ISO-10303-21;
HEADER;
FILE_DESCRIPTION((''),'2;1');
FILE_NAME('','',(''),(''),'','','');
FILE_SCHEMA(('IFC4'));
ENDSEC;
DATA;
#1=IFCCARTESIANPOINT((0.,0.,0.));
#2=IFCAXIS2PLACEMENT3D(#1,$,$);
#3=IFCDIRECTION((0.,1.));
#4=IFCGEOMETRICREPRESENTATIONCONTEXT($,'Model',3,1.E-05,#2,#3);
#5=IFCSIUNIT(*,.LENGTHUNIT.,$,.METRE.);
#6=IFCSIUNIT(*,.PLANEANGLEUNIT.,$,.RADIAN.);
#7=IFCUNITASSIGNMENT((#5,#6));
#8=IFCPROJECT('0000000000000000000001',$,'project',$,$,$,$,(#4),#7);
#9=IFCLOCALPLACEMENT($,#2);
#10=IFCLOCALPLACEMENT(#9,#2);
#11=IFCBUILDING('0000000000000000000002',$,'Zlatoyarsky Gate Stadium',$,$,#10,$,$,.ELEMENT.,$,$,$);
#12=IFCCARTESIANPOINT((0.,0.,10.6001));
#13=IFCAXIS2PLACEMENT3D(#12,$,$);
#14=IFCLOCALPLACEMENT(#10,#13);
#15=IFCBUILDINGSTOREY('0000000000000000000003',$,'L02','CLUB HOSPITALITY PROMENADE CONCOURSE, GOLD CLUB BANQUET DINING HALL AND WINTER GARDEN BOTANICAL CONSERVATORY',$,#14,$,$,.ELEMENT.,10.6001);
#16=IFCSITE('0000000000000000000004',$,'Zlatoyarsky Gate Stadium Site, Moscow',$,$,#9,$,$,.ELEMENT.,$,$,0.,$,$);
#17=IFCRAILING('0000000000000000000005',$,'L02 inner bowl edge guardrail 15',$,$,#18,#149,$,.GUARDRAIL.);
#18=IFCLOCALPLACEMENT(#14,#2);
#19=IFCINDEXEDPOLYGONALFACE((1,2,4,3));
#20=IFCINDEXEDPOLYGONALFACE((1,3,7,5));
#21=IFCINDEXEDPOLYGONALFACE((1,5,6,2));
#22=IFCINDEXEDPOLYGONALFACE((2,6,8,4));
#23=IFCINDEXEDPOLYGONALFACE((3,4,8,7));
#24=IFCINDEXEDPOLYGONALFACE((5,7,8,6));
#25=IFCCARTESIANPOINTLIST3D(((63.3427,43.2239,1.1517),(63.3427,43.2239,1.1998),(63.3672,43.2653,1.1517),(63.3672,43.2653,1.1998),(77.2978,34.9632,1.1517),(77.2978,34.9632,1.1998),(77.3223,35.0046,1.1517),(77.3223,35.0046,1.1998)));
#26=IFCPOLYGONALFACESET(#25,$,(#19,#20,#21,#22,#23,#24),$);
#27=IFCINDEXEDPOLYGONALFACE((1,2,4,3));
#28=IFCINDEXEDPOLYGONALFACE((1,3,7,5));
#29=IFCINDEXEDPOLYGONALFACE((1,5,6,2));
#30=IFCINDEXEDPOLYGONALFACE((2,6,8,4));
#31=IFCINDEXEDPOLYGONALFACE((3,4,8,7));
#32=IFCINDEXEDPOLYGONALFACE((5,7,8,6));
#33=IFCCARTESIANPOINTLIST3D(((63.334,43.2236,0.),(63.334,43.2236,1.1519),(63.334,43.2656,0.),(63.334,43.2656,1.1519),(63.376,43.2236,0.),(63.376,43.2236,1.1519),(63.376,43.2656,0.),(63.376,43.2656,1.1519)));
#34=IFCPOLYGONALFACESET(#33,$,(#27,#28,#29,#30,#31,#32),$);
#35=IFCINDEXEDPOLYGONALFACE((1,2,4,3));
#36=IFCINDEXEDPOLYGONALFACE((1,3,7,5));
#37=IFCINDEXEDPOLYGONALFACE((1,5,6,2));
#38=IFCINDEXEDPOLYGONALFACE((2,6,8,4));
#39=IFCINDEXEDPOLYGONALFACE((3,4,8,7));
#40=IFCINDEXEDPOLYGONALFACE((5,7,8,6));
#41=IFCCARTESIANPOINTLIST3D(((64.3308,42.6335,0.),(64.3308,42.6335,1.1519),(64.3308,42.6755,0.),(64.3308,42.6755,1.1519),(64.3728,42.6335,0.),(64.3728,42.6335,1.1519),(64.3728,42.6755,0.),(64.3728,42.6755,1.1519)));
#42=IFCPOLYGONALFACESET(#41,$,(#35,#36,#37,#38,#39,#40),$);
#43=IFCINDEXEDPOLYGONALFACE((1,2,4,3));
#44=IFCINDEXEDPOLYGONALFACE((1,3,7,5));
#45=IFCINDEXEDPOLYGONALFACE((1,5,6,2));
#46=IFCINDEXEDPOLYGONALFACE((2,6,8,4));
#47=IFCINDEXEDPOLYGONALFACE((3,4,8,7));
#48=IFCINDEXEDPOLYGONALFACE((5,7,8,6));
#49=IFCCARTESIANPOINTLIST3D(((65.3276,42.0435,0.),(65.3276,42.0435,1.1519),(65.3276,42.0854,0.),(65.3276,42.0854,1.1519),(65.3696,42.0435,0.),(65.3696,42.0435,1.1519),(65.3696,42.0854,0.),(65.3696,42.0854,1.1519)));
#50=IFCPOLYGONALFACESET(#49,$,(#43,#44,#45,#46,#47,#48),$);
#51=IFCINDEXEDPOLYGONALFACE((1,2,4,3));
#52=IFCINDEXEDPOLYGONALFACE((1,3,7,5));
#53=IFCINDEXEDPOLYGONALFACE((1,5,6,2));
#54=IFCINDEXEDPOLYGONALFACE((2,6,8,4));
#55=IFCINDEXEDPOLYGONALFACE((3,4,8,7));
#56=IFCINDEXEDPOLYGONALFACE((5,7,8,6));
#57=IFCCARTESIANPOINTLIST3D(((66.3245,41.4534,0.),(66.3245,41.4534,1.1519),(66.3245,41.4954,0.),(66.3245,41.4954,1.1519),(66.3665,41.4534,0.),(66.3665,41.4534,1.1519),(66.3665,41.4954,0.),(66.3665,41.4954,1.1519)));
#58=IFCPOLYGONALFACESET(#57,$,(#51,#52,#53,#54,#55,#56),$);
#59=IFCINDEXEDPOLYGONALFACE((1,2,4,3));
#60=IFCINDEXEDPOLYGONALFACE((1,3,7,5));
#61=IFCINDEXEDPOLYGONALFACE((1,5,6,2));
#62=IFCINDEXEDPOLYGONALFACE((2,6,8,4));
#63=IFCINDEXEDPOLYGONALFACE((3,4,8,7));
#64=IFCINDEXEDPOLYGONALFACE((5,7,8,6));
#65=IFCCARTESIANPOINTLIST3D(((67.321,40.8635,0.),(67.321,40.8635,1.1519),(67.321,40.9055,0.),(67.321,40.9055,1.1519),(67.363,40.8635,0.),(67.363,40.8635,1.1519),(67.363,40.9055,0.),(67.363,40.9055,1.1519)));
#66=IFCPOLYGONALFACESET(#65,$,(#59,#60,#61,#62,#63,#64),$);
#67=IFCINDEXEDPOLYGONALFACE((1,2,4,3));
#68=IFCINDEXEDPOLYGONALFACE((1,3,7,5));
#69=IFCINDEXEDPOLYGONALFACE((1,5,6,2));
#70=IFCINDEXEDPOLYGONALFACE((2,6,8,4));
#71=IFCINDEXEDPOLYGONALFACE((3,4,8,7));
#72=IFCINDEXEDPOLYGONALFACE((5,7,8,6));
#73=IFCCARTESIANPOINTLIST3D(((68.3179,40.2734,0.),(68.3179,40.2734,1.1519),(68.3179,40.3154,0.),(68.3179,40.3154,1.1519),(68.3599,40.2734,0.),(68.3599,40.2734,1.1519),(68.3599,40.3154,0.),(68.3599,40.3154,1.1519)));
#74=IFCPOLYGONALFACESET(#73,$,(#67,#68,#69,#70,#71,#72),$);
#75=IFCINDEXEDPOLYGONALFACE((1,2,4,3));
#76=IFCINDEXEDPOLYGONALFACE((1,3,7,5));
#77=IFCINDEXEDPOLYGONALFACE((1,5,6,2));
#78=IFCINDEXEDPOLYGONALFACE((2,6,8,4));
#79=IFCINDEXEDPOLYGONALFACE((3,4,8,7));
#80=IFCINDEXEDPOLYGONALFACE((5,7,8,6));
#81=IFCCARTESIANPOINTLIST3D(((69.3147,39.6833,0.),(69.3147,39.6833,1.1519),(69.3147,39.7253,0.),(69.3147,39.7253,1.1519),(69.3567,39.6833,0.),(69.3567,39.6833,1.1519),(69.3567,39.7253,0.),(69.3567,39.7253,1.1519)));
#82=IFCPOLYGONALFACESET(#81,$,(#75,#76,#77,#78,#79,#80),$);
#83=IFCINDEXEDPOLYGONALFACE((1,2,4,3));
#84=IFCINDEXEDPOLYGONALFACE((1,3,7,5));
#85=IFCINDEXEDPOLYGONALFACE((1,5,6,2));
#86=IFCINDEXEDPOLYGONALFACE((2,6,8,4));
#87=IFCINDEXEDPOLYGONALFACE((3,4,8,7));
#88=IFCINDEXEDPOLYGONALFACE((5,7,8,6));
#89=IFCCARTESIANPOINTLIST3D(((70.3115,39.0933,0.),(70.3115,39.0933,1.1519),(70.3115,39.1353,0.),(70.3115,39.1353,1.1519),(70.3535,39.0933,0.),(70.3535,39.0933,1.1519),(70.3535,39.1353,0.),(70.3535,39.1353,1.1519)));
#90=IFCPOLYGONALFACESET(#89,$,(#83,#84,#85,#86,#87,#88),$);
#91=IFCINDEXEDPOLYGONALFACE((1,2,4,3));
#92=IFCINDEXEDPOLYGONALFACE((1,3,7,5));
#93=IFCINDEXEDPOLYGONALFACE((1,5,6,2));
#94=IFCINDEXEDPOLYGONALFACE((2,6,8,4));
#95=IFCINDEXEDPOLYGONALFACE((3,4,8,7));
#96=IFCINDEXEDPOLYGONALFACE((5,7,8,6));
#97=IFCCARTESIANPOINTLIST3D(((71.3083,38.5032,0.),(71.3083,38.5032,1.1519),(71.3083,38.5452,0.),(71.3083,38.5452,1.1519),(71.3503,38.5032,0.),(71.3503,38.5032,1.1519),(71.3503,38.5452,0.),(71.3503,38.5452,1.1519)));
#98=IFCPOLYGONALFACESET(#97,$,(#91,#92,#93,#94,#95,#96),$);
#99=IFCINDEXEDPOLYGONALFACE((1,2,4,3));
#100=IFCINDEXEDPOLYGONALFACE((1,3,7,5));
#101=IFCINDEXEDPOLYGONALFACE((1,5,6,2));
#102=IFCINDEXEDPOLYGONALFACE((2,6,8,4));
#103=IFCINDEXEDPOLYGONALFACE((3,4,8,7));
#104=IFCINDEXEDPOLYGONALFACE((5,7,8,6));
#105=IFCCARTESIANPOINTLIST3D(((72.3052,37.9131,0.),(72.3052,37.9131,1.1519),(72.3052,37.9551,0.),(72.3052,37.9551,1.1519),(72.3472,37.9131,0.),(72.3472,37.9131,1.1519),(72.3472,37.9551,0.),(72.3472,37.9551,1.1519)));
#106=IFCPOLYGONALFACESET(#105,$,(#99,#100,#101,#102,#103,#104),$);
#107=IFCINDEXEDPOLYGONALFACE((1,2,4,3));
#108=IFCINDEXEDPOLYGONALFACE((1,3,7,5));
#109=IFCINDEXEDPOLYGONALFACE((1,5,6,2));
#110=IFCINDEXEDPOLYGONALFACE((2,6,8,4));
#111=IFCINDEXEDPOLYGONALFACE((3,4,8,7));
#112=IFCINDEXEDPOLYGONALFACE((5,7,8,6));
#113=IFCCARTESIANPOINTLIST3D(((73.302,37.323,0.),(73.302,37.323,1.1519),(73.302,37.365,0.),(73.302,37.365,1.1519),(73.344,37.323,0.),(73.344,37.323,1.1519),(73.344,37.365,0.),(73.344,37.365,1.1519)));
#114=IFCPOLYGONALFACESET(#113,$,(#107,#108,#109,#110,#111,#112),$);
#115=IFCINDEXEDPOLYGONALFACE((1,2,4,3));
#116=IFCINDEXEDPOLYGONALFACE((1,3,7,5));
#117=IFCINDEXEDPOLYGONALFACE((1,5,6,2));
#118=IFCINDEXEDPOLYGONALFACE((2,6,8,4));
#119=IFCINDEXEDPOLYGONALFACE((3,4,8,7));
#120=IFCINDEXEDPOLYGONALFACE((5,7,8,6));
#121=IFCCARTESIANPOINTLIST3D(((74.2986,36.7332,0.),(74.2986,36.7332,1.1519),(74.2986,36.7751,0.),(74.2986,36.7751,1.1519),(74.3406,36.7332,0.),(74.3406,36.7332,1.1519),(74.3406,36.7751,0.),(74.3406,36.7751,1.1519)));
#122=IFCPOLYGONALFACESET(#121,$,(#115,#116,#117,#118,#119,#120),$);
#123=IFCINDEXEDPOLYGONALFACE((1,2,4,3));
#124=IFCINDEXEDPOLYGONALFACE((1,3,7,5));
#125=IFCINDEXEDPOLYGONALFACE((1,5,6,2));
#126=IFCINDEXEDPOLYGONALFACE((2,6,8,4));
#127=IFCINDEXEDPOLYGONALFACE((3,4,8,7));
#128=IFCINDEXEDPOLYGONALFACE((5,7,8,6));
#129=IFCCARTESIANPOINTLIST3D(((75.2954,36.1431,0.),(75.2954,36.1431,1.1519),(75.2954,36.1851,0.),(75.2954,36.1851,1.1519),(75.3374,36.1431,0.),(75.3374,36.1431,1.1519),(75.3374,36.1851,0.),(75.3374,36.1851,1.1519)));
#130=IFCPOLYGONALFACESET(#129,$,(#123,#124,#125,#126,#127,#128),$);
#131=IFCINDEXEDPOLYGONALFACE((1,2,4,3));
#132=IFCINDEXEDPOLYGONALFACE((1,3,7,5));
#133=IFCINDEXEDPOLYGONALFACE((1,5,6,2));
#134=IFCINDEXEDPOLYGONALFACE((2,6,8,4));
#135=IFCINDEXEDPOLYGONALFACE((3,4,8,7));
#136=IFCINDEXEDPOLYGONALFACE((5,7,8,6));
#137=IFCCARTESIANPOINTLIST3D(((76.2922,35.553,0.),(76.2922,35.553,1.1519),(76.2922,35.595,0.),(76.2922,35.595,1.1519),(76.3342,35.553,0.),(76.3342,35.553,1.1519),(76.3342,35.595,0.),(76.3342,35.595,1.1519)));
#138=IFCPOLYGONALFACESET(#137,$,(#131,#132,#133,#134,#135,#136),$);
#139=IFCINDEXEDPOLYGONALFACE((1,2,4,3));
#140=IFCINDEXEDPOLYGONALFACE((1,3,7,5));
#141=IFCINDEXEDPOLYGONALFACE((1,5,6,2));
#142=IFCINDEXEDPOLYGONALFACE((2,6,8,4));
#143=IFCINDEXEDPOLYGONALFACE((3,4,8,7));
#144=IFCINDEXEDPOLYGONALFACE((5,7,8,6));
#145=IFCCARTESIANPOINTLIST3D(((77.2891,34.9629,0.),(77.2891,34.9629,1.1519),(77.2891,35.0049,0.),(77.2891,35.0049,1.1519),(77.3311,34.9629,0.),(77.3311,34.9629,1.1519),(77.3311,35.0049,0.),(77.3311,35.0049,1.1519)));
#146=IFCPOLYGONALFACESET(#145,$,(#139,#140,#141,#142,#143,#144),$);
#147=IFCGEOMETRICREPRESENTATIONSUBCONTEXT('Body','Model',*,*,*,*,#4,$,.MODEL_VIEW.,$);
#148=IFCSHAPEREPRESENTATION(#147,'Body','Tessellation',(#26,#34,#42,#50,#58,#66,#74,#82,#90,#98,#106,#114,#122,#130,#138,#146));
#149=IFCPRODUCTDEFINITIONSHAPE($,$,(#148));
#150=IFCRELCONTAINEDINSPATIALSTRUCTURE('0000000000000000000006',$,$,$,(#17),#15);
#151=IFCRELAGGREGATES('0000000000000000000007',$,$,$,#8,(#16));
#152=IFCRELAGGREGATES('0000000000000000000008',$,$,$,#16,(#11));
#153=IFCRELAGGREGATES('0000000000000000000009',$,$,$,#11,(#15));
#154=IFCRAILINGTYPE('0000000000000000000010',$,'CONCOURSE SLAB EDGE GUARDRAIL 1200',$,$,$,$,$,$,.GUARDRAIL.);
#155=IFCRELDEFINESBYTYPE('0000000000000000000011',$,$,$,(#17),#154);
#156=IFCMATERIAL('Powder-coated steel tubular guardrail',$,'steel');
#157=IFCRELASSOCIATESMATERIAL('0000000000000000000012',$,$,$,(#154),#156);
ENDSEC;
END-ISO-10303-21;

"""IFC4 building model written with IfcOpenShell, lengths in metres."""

from ifc_helpers import new_model, si_unit, direction, frame, origin, origin_2d, place, context, subcontext, project, spatial, rectangle, extrude, material, type_object, element, save


model = new_model("IFC4")

# Units and contexts
model_context = context("Model", 3, precision=1e-05, world=origin(), true_north=direction((0.0, 1.0)))
body_context = subcontext(model_context, "Body", "Model", "MODEL_VIEW")
ifc_project = project(units=[si_unit("LENGTHUNIT", "METRE"), si_unit("PLANEANGLEUNIT", "RADIAN")], contexts=[model_context])

# Site, building, storey
site_placement = place(None, origin())
site = spatial("IfcSite", under=ifc_project, at=site_placement, Name="Zlatoyarsky Gate Stadium Site, Moscow", CompositionType="ELEMENT", RefElevation=0.0)
building_placement = place(site_placement, origin())
building = spatial("IfcBuilding", under=site, at=building_placement, Name="Zlatoyarsky Gate Stadium", CompositionType="ELEMENT")
storey_placement = place(building_placement, frame((0.0, 0.0, 10.6001)))
storey = spatial("IfcBuildingStorey", under=building, at=storey_placement, Name="L02", Description="CLUB HOSPITALITY PROMENADE CONCOURSE, GOLD CLUB BANQUET DINING HALL AND WINTER GARDEN BOTANICAL CONSERVATORY", CompositionType="ELEMENT", Elevation=10.6001)

# Railing
ifc_material_1 = material(Name="Powder-coated steel tubular guardrail", Category="steel")
railing_type = type_object("IfcRailingType", Name="CONCOURSE SLAB EDGE GUARDRAIL 1200", PredefinedType="GUARDRAIL", material=ifc_material_1)
railing_1_placement = place(storey_placement, frame((63.355, 43.2446, 0.0)))
element("IfcRailing", 1, at=railing_1_placement, inside=storey, type_object=railing_type, Name="L02 inner bowl edge guardrail 15", PredefinedType="GUARDRAIL", context=body_context, shape_type="SweptSolid", body=[
    extrude(rectangle(XDim=0.0481, YDim=0.0481, at=origin_2d()), frame((0.0, 0.0, 1.1758), z_axis=(0.860533, -0.509395, 0.0), x_axis=(0.509395, 0.860533, 0.0)), (0.0, 0.0, 1.0), 16.2168),
    extrude(rectangle(XDim=0.042, YDim=0.042, at=origin_2d()), origin(), (0.0, 0.0, 1.0), 1.1519),
    extrude(rectangle(XDim=0.042, YDim=0.042, at=origin_2d()), frame((0.9968, -0.5901, 0.0)), (0.0, 0.0, 1.0), 1.1519),
    extrude(rectangle(XDim=0.042, YDim=0.042, at=origin_2d()), frame((1.9937, -1.1802, 0.0)), (0.0, 0.0, 1.0), 1.1519),
    extrude(rectangle(XDim=0.042, YDim=0.042, at=origin_2d()), frame((2.9905, -1.7703, 0.0)), (0.0, 0.0, 1.0), 1.1519),
    extrude(rectangle(XDim=0.042, YDim=0.042, at=origin_2d()), frame((3.9871, -2.3601, 0.0)), (0.0, 0.0, 1.0), 1.1519),
    extrude(rectangle(XDim=0.042, YDim=0.042, at=origin_2d()), frame((4.9839, -2.9502, 0.0)), (0.0, 0.0, 1.0), 1.1519),
    extrude(rectangle(XDim=0.042, YDim=0.042, at=origin_2d()), frame((5.9807, -3.5403, 0.0)), (0.0, 0.0, 1.0), 1.1519),
    extrude(rectangle(XDim=0.042, YDim=0.042, at=origin_2d()), frame((6.9775, -4.1304, 0.0)), (0.0, 0.0, 1.0), 1.1519),
    extrude(rectangle(XDim=0.042, YDim=0.042, at=origin_2d()), frame((7.9744, -4.7205, 0.0)), (0.0, 0.0, 1.0), 1.1519),
    extrude(rectangle(XDim=0.042, YDim=0.042, at=origin_2d()), frame((8.9712, -5.3105, 0.0)), (0.0, 0.0, 1.0), 1.1519),
    extrude(rectangle(XDim=0.042, YDim=0.042, at=origin_2d()), frame((9.968, -5.9006, 0.0)), (0.0, 0.0, 1.0), 1.1519),
    extrude(rectangle(XDim=0.042, YDim=0.042, at=origin_2d()), frame((10.9646, -6.4905, 0.0)), (0.0, 0.0, 1.0), 1.1519),
    extrude(rectangle(XDim=0.042, YDim=0.042, at=origin_2d()), frame((11.9614, -7.0806, 0.0)), (0.0, 0.0, 1.0), 1.1519),
    extrude(rectangle(XDim=0.042, YDim=0.042, at=origin_2d()), frame((12.9583, -7.6707, 0.0)), (0.0, 0.0, 1.0), 1.1519),
    extrude(rectangle(XDim=0.042, YDim=0.042, at=origin_2d()), frame((13.9551, -8.2607, 0.0)), (0.0, 0.0, 1.0), 1.1519),
])

save(model, "model.ifc")
